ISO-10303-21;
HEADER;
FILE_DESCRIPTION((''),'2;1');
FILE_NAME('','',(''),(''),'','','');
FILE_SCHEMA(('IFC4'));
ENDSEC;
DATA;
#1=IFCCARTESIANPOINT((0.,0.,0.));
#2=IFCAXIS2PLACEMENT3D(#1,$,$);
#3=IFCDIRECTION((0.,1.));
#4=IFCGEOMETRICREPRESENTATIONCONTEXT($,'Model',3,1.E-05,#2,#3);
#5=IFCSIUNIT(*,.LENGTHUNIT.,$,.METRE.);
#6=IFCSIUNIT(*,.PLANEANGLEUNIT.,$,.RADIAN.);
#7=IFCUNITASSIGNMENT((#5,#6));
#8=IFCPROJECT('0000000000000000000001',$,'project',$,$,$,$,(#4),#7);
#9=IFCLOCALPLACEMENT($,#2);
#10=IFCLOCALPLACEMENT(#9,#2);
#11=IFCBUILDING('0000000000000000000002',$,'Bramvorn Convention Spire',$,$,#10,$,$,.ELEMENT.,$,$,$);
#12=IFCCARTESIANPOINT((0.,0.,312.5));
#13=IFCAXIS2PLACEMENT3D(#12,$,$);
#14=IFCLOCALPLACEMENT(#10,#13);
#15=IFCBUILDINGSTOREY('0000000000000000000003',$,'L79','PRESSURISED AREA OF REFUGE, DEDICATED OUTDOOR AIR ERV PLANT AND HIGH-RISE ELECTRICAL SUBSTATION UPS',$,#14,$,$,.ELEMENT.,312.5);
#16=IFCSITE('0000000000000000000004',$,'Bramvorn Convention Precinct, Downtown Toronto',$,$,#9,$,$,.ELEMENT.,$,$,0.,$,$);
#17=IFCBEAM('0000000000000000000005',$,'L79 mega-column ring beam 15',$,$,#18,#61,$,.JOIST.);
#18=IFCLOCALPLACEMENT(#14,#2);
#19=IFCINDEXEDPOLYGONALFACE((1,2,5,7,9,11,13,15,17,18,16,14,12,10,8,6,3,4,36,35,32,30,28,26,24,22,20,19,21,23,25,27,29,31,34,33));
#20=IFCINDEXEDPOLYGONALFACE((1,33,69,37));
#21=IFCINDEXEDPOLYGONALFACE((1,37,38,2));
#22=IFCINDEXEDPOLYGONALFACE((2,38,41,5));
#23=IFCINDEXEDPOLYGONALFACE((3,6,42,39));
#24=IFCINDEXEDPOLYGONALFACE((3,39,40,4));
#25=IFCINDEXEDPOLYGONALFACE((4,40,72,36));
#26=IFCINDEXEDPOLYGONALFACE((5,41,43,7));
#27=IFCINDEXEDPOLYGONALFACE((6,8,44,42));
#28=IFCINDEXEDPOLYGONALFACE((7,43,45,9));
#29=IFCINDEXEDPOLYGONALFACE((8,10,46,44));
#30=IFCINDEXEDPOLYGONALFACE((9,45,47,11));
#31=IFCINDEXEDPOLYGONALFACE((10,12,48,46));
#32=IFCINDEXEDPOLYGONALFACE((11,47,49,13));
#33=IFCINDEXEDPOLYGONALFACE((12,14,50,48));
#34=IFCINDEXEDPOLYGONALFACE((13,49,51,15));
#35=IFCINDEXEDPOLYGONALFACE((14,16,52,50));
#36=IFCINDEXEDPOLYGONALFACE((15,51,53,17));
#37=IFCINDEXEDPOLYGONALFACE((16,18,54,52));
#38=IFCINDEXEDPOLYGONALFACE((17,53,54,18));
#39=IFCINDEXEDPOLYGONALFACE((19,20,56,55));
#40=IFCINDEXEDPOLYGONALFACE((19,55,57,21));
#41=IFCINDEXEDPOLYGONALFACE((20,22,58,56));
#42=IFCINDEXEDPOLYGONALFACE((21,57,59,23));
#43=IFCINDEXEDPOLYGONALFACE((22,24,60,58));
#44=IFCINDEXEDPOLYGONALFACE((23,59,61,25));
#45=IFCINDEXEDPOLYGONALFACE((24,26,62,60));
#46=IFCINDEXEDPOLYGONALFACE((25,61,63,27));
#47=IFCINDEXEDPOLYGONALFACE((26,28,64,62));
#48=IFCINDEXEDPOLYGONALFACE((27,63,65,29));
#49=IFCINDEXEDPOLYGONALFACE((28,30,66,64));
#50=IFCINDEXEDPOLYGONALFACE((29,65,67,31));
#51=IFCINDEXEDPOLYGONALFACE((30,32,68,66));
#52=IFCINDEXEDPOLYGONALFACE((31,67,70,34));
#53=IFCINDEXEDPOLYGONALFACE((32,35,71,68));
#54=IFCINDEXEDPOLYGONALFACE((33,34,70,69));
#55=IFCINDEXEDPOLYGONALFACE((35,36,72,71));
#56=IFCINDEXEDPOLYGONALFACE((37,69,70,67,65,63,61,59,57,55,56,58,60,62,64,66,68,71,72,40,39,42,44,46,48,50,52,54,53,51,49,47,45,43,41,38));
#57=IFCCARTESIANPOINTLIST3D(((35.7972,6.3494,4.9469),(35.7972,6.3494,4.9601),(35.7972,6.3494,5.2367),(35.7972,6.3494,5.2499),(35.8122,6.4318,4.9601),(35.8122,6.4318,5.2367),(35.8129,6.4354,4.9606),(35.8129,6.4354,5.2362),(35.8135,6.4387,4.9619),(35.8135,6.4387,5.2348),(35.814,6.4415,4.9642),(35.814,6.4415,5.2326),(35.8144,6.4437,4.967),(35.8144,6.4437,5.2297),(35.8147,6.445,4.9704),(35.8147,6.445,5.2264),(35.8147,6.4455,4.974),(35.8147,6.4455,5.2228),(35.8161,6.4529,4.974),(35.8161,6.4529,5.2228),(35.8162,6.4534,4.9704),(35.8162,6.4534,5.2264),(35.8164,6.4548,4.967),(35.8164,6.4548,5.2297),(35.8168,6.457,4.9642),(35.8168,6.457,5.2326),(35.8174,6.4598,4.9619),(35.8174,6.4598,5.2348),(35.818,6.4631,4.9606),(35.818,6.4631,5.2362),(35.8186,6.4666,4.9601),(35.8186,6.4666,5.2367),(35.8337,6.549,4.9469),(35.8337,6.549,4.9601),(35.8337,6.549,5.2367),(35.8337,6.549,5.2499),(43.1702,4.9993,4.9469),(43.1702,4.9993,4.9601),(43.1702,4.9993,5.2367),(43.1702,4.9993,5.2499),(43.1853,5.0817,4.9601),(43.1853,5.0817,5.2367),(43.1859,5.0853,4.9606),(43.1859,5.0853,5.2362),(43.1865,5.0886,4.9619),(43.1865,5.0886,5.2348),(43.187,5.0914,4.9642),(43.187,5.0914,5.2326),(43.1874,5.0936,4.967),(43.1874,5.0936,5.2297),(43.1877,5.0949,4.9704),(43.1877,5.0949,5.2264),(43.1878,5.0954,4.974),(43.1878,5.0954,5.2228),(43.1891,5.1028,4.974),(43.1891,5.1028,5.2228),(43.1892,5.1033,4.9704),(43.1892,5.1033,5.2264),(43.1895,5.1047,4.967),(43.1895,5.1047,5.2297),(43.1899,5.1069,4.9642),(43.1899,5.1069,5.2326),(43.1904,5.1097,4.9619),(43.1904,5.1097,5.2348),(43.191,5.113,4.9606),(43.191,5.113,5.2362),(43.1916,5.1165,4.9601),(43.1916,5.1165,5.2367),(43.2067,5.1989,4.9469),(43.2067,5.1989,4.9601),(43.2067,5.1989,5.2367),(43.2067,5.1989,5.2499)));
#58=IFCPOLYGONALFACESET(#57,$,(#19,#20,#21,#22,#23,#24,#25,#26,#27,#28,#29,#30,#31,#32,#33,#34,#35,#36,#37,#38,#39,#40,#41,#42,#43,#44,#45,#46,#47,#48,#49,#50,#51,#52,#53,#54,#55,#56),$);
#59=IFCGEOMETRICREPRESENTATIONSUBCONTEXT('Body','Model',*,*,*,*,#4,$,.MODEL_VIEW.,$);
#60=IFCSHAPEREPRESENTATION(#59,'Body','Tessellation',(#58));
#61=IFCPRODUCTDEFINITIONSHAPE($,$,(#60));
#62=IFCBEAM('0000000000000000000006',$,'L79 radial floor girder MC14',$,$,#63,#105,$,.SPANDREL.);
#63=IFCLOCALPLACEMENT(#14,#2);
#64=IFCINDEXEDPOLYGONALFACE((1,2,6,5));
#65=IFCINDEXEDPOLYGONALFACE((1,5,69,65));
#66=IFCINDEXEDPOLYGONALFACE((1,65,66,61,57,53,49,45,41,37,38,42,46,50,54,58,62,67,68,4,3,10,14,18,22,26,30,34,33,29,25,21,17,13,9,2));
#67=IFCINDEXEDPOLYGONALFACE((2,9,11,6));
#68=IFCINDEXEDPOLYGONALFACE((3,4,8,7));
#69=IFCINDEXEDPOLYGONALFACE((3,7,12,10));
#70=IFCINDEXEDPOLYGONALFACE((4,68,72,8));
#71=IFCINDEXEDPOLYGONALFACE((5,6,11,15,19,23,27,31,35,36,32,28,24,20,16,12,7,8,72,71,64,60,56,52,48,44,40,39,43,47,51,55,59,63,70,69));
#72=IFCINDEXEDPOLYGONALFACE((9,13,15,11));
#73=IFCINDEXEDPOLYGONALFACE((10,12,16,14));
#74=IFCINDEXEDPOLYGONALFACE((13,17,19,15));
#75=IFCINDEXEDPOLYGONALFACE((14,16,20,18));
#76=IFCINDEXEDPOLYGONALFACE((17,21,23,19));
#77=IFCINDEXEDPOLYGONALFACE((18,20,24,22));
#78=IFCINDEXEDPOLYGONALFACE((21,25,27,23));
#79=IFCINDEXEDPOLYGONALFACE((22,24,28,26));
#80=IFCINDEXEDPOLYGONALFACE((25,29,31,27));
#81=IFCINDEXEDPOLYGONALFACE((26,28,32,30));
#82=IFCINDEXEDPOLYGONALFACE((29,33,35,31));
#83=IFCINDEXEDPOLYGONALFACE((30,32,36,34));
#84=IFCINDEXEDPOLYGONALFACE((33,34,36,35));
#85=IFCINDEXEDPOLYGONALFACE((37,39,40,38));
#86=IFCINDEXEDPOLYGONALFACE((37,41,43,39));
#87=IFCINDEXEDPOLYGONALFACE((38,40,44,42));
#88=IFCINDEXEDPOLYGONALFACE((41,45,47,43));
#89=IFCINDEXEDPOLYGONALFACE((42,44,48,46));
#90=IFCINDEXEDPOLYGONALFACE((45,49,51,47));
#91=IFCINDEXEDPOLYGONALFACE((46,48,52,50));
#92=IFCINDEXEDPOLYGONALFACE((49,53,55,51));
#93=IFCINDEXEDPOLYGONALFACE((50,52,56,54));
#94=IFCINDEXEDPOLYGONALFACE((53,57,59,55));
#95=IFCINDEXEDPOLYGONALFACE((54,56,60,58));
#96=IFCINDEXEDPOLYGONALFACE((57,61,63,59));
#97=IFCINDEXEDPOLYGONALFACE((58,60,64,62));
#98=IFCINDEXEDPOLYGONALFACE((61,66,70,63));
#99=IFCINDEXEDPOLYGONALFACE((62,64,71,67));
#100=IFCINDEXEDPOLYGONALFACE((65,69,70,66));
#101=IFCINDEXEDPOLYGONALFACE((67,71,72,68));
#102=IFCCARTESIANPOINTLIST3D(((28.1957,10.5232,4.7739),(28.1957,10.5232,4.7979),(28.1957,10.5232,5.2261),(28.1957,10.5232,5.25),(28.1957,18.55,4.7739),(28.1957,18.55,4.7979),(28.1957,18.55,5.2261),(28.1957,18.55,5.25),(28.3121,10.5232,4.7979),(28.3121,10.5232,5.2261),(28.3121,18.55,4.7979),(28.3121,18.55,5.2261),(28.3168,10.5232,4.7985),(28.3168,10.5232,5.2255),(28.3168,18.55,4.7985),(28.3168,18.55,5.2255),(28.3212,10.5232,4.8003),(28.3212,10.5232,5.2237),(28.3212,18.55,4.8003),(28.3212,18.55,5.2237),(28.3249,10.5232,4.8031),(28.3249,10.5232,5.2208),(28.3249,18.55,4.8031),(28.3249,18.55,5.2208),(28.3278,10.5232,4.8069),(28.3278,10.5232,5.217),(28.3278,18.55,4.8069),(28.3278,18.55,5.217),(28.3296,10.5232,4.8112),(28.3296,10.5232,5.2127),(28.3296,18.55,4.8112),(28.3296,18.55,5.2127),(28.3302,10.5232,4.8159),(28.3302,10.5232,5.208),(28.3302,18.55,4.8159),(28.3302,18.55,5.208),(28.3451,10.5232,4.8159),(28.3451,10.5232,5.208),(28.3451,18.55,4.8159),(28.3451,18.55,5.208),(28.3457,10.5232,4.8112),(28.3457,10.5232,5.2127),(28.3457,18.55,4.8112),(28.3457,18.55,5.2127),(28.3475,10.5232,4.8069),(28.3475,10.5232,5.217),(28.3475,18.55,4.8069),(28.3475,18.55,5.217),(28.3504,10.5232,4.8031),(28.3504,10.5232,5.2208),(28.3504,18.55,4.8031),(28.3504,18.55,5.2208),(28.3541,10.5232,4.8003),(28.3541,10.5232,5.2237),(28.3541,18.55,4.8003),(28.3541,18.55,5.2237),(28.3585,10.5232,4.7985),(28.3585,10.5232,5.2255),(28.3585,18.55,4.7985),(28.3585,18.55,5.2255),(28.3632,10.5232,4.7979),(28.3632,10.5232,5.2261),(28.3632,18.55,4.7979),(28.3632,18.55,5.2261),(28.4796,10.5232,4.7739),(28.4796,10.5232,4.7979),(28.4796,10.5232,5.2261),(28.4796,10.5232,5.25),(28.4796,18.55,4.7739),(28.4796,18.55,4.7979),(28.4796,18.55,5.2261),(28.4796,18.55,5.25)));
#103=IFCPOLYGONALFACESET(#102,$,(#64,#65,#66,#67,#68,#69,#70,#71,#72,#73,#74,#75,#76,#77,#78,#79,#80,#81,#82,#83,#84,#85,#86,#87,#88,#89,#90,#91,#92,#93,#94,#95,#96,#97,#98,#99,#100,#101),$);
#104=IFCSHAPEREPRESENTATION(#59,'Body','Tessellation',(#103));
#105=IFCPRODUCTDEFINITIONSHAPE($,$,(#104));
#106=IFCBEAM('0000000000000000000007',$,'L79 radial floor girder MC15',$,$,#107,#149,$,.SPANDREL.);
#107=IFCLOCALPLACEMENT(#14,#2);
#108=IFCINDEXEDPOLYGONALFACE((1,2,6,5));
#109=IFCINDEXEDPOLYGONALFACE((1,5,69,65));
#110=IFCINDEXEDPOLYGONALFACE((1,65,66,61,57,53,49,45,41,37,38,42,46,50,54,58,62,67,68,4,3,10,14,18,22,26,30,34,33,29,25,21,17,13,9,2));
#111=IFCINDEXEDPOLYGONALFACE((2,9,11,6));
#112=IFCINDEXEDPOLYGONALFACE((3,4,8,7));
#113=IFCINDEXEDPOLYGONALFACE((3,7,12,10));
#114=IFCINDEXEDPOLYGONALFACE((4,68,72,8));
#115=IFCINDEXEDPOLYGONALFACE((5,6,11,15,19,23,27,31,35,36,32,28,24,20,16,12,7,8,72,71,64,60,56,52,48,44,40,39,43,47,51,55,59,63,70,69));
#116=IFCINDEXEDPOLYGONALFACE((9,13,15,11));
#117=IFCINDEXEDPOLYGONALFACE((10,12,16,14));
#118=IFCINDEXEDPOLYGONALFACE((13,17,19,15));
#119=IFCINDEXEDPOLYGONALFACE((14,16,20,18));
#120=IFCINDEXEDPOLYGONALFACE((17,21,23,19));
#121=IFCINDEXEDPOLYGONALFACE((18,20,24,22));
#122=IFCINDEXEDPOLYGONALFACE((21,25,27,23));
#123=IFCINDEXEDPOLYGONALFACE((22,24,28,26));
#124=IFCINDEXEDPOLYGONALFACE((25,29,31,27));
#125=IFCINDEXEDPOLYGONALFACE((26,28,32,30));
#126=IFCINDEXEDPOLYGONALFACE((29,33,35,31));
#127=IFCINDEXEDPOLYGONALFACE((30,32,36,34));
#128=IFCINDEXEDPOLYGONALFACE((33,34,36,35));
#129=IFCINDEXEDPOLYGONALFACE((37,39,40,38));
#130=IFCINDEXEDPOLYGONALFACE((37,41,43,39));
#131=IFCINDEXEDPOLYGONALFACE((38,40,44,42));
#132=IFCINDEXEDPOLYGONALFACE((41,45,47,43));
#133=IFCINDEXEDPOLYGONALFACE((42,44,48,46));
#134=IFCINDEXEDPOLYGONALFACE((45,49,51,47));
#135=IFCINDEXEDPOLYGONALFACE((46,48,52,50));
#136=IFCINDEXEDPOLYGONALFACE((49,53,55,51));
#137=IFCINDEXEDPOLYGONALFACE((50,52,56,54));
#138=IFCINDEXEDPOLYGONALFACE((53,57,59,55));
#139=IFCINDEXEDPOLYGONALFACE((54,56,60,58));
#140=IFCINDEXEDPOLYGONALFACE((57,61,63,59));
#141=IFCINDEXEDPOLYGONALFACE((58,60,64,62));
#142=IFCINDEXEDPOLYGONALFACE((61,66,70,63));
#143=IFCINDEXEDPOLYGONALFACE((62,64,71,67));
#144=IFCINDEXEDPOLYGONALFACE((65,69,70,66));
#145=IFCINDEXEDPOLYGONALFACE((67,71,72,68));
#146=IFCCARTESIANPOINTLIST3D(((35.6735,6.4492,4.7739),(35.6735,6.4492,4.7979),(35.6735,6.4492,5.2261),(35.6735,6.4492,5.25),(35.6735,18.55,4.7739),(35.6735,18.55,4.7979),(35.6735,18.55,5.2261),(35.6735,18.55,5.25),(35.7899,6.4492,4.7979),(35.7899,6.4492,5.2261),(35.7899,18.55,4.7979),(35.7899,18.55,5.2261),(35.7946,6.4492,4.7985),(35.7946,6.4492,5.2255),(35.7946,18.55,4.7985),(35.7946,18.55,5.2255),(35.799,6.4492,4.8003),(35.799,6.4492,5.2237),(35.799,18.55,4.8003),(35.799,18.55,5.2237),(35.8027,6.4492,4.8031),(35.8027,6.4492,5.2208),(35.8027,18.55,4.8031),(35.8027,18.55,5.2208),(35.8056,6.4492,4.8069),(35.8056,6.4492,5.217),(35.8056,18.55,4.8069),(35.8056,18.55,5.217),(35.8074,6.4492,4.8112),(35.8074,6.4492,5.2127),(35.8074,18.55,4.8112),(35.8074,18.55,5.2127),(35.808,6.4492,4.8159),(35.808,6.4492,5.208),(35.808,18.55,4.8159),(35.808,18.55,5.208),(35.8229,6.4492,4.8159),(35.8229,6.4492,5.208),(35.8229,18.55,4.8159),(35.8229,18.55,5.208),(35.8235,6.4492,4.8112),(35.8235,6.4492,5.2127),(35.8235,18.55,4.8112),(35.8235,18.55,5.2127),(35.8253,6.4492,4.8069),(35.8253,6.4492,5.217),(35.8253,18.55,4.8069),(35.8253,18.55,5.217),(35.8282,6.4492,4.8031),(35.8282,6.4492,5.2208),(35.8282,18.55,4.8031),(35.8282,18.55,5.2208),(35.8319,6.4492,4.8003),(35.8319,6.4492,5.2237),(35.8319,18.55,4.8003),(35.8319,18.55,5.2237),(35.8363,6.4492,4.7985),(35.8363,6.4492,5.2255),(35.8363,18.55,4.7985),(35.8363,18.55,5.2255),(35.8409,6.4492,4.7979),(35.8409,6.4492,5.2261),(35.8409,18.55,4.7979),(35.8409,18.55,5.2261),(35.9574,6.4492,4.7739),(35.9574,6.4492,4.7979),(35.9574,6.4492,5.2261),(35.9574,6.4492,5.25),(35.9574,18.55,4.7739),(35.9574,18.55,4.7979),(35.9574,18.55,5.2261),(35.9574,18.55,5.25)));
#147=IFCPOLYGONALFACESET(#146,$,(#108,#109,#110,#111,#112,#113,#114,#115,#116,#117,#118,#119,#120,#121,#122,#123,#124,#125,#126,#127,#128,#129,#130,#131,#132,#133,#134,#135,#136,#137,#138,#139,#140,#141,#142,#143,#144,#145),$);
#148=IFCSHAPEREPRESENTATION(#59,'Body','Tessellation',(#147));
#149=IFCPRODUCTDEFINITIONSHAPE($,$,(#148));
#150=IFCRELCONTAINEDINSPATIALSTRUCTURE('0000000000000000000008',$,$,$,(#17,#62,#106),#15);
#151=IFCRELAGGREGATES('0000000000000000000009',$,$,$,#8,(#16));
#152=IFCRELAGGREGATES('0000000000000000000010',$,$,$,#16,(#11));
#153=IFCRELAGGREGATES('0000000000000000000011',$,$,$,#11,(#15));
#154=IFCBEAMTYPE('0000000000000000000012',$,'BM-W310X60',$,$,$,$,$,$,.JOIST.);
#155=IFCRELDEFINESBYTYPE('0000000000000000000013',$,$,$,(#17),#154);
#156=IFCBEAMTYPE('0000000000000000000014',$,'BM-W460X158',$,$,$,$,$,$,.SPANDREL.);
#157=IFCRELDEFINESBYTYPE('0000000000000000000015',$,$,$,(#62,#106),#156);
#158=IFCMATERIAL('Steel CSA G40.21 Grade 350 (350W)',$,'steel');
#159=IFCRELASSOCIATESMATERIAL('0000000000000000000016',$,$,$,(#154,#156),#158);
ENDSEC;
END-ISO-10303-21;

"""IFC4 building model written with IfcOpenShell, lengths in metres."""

from ifc_helpers import new_model, si_unit, direction, frame, origin, origin_2d, place, context, subcontext, project, spatial, i_section, extrude, material, material_profile, profile_set, type_object, element, save


model = new_model("IFC4")

# Units and contexts
model_context = context("Model", 3, precision=1e-05, world=origin(), true_north=direction((0.0, 1.0)))
body_context = subcontext(model_context, "Body", "Model", "MODEL_VIEW")
ifc_project = project(units=[si_unit("LENGTHUNIT", "METRE"), si_unit("PLANEANGLEUNIT", "RADIAN")], contexts=[model_context])

# Site, building, storey
site_placement = place(None, origin())
site = spatial("IfcSite", under=ifc_project, at=site_placement, Name="Bramvorn Convention Precinct, Downtown Toronto", CompositionType="ELEMENT", RefElevation=0.0)
building_placement = place(site_placement, origin())
building = spatial("IfcBuilding", under=site, at=building_placement, Name="Bramvorn Convention Spire", CompositionType="ELEMENT")
storey_placement = place(building_placement, frame((0.0, 0.0, 312.5)))
storey = spatial("IfcBuildingStorey", under=building, at=storey_placement, Name="L79", Description="PRESSURISED AREA OF REFUGE, DEDICATED OUTDOOR AIR ERV PLANT AND HIGH-RISE ELECTRICAL SUBSTATION UPS", CompositionType="ELEMENT", Elevation=312.5)

# Shared definitions
ifc_material_1 = material(Name="Steel CSA G40.21 Grade 350 (350W)", Category="steel")

# Beams
ifc_material_profile_1 = material_profile(ifc_material_1, i_section(OverallWidth=0.2029, OverallDepth=0.303, WebThickness=0.0076, FlangeThickness=0.0132, FilletRadius=0.0139, at=origin_2d()))
ifc_profile_set_1 = profile_set([ifc_material_profile_1], Name="Steel CSA G40.21 Grade 350 (350W) - W310X60")
beam_type_1 = type_object("IfcBeamType", Name="BM-W310X60", PredefinedType="JOIST", material=ifc_profile_set_1)
beam_1_placement = place(storey_placement, frame((35.8154, 6.4492, 5.0984), z_axis=(0.983645, -0.180118, 0.0), x_axis=(0.180118, 0.983645, 0.0)))
element("IfcBeam", 1, at=beam_1_placement, inside=storey, type_object=beam_type_1, Name="L79 mega-column ring beam 15", PredefinedType="JOIST", context=body_context, shape_type="SweptSolid", body=[
    extrude(i_section(OverallWidth=0.2029, OverallDepth=0.303, WebThickness=0.0076, FlangeThickness=0.0132, FilletRadius=0.0139, at=origin_2d()), origin(), (0.0, 0.0, 1.0), 7.4956),
])
ifc_material_profile_2 = material_profile(ifc_material_1, i_section(OverallWidth=0.2839, OverallDepth=0.4761, WebThickness=0.0149, FlangeThickness=0.0239, FilletRadius=0.0181, at=origin_2d()))
ifc_profile_set_2 = profile_set([ifc_material_profile_2], Name="Steel CSA G40.21 Grade 350 (350W) - W460X158")
beam_type_2 = type_object("IfcBeamType", Name="BM-W460X158", PredefinedType="SPANDREL", material=ifc_profile_set_2)
beam_2_placement = place(storey_placement, frame((28.3376, 18.55, 5.012), z_axis=(0.0, -1.0, 0.0), x_axis=(1.0, 0.0, 0.0)))
element("IfcBeam", 2, at=beam_2_placement, inside=storey, type_object=beam_type_2, Name="L79 radial floor girder MC14", PredefinedType="SPANDREL", context=body_context, shape_type="SweptSolid", body=[
    extrude(i_section(OverallWidth=0.2839, OverallDepth=0.4761, WebThickness=0.0149, FlangeThickness=0.0239, FilletRadius=0.0181, at=origin_2d()), origin(), (0.0, 0.0, 1.0), 8.0269),
])
beam_3_placement = place(storey_placement, frame((35.8154, 18.55, 5.012), z_axis=(0.0, -1.0, 0.0), x_axis=(1.0, 0.0, 0.0)))
element("IfcBeam", 3, at=beam_3_placement, inside=storey, type_object=beam_type_2, Name="L79 radial floor girder MC15", PredefinedType="SPANDREL", context=body_context, shape_type="SweptSolid", body=[
    extrude(i_section(OverallWidth=0.2839, OverallDepth=0.4761, WebThickness=0.0149, FlangeThickness=0.0239, FilletRadius=0.0181, at=origin_2d()), origin(), (0.0, 0.0, 1.0), 12.1008),
])

save(model, "model.ifc")
